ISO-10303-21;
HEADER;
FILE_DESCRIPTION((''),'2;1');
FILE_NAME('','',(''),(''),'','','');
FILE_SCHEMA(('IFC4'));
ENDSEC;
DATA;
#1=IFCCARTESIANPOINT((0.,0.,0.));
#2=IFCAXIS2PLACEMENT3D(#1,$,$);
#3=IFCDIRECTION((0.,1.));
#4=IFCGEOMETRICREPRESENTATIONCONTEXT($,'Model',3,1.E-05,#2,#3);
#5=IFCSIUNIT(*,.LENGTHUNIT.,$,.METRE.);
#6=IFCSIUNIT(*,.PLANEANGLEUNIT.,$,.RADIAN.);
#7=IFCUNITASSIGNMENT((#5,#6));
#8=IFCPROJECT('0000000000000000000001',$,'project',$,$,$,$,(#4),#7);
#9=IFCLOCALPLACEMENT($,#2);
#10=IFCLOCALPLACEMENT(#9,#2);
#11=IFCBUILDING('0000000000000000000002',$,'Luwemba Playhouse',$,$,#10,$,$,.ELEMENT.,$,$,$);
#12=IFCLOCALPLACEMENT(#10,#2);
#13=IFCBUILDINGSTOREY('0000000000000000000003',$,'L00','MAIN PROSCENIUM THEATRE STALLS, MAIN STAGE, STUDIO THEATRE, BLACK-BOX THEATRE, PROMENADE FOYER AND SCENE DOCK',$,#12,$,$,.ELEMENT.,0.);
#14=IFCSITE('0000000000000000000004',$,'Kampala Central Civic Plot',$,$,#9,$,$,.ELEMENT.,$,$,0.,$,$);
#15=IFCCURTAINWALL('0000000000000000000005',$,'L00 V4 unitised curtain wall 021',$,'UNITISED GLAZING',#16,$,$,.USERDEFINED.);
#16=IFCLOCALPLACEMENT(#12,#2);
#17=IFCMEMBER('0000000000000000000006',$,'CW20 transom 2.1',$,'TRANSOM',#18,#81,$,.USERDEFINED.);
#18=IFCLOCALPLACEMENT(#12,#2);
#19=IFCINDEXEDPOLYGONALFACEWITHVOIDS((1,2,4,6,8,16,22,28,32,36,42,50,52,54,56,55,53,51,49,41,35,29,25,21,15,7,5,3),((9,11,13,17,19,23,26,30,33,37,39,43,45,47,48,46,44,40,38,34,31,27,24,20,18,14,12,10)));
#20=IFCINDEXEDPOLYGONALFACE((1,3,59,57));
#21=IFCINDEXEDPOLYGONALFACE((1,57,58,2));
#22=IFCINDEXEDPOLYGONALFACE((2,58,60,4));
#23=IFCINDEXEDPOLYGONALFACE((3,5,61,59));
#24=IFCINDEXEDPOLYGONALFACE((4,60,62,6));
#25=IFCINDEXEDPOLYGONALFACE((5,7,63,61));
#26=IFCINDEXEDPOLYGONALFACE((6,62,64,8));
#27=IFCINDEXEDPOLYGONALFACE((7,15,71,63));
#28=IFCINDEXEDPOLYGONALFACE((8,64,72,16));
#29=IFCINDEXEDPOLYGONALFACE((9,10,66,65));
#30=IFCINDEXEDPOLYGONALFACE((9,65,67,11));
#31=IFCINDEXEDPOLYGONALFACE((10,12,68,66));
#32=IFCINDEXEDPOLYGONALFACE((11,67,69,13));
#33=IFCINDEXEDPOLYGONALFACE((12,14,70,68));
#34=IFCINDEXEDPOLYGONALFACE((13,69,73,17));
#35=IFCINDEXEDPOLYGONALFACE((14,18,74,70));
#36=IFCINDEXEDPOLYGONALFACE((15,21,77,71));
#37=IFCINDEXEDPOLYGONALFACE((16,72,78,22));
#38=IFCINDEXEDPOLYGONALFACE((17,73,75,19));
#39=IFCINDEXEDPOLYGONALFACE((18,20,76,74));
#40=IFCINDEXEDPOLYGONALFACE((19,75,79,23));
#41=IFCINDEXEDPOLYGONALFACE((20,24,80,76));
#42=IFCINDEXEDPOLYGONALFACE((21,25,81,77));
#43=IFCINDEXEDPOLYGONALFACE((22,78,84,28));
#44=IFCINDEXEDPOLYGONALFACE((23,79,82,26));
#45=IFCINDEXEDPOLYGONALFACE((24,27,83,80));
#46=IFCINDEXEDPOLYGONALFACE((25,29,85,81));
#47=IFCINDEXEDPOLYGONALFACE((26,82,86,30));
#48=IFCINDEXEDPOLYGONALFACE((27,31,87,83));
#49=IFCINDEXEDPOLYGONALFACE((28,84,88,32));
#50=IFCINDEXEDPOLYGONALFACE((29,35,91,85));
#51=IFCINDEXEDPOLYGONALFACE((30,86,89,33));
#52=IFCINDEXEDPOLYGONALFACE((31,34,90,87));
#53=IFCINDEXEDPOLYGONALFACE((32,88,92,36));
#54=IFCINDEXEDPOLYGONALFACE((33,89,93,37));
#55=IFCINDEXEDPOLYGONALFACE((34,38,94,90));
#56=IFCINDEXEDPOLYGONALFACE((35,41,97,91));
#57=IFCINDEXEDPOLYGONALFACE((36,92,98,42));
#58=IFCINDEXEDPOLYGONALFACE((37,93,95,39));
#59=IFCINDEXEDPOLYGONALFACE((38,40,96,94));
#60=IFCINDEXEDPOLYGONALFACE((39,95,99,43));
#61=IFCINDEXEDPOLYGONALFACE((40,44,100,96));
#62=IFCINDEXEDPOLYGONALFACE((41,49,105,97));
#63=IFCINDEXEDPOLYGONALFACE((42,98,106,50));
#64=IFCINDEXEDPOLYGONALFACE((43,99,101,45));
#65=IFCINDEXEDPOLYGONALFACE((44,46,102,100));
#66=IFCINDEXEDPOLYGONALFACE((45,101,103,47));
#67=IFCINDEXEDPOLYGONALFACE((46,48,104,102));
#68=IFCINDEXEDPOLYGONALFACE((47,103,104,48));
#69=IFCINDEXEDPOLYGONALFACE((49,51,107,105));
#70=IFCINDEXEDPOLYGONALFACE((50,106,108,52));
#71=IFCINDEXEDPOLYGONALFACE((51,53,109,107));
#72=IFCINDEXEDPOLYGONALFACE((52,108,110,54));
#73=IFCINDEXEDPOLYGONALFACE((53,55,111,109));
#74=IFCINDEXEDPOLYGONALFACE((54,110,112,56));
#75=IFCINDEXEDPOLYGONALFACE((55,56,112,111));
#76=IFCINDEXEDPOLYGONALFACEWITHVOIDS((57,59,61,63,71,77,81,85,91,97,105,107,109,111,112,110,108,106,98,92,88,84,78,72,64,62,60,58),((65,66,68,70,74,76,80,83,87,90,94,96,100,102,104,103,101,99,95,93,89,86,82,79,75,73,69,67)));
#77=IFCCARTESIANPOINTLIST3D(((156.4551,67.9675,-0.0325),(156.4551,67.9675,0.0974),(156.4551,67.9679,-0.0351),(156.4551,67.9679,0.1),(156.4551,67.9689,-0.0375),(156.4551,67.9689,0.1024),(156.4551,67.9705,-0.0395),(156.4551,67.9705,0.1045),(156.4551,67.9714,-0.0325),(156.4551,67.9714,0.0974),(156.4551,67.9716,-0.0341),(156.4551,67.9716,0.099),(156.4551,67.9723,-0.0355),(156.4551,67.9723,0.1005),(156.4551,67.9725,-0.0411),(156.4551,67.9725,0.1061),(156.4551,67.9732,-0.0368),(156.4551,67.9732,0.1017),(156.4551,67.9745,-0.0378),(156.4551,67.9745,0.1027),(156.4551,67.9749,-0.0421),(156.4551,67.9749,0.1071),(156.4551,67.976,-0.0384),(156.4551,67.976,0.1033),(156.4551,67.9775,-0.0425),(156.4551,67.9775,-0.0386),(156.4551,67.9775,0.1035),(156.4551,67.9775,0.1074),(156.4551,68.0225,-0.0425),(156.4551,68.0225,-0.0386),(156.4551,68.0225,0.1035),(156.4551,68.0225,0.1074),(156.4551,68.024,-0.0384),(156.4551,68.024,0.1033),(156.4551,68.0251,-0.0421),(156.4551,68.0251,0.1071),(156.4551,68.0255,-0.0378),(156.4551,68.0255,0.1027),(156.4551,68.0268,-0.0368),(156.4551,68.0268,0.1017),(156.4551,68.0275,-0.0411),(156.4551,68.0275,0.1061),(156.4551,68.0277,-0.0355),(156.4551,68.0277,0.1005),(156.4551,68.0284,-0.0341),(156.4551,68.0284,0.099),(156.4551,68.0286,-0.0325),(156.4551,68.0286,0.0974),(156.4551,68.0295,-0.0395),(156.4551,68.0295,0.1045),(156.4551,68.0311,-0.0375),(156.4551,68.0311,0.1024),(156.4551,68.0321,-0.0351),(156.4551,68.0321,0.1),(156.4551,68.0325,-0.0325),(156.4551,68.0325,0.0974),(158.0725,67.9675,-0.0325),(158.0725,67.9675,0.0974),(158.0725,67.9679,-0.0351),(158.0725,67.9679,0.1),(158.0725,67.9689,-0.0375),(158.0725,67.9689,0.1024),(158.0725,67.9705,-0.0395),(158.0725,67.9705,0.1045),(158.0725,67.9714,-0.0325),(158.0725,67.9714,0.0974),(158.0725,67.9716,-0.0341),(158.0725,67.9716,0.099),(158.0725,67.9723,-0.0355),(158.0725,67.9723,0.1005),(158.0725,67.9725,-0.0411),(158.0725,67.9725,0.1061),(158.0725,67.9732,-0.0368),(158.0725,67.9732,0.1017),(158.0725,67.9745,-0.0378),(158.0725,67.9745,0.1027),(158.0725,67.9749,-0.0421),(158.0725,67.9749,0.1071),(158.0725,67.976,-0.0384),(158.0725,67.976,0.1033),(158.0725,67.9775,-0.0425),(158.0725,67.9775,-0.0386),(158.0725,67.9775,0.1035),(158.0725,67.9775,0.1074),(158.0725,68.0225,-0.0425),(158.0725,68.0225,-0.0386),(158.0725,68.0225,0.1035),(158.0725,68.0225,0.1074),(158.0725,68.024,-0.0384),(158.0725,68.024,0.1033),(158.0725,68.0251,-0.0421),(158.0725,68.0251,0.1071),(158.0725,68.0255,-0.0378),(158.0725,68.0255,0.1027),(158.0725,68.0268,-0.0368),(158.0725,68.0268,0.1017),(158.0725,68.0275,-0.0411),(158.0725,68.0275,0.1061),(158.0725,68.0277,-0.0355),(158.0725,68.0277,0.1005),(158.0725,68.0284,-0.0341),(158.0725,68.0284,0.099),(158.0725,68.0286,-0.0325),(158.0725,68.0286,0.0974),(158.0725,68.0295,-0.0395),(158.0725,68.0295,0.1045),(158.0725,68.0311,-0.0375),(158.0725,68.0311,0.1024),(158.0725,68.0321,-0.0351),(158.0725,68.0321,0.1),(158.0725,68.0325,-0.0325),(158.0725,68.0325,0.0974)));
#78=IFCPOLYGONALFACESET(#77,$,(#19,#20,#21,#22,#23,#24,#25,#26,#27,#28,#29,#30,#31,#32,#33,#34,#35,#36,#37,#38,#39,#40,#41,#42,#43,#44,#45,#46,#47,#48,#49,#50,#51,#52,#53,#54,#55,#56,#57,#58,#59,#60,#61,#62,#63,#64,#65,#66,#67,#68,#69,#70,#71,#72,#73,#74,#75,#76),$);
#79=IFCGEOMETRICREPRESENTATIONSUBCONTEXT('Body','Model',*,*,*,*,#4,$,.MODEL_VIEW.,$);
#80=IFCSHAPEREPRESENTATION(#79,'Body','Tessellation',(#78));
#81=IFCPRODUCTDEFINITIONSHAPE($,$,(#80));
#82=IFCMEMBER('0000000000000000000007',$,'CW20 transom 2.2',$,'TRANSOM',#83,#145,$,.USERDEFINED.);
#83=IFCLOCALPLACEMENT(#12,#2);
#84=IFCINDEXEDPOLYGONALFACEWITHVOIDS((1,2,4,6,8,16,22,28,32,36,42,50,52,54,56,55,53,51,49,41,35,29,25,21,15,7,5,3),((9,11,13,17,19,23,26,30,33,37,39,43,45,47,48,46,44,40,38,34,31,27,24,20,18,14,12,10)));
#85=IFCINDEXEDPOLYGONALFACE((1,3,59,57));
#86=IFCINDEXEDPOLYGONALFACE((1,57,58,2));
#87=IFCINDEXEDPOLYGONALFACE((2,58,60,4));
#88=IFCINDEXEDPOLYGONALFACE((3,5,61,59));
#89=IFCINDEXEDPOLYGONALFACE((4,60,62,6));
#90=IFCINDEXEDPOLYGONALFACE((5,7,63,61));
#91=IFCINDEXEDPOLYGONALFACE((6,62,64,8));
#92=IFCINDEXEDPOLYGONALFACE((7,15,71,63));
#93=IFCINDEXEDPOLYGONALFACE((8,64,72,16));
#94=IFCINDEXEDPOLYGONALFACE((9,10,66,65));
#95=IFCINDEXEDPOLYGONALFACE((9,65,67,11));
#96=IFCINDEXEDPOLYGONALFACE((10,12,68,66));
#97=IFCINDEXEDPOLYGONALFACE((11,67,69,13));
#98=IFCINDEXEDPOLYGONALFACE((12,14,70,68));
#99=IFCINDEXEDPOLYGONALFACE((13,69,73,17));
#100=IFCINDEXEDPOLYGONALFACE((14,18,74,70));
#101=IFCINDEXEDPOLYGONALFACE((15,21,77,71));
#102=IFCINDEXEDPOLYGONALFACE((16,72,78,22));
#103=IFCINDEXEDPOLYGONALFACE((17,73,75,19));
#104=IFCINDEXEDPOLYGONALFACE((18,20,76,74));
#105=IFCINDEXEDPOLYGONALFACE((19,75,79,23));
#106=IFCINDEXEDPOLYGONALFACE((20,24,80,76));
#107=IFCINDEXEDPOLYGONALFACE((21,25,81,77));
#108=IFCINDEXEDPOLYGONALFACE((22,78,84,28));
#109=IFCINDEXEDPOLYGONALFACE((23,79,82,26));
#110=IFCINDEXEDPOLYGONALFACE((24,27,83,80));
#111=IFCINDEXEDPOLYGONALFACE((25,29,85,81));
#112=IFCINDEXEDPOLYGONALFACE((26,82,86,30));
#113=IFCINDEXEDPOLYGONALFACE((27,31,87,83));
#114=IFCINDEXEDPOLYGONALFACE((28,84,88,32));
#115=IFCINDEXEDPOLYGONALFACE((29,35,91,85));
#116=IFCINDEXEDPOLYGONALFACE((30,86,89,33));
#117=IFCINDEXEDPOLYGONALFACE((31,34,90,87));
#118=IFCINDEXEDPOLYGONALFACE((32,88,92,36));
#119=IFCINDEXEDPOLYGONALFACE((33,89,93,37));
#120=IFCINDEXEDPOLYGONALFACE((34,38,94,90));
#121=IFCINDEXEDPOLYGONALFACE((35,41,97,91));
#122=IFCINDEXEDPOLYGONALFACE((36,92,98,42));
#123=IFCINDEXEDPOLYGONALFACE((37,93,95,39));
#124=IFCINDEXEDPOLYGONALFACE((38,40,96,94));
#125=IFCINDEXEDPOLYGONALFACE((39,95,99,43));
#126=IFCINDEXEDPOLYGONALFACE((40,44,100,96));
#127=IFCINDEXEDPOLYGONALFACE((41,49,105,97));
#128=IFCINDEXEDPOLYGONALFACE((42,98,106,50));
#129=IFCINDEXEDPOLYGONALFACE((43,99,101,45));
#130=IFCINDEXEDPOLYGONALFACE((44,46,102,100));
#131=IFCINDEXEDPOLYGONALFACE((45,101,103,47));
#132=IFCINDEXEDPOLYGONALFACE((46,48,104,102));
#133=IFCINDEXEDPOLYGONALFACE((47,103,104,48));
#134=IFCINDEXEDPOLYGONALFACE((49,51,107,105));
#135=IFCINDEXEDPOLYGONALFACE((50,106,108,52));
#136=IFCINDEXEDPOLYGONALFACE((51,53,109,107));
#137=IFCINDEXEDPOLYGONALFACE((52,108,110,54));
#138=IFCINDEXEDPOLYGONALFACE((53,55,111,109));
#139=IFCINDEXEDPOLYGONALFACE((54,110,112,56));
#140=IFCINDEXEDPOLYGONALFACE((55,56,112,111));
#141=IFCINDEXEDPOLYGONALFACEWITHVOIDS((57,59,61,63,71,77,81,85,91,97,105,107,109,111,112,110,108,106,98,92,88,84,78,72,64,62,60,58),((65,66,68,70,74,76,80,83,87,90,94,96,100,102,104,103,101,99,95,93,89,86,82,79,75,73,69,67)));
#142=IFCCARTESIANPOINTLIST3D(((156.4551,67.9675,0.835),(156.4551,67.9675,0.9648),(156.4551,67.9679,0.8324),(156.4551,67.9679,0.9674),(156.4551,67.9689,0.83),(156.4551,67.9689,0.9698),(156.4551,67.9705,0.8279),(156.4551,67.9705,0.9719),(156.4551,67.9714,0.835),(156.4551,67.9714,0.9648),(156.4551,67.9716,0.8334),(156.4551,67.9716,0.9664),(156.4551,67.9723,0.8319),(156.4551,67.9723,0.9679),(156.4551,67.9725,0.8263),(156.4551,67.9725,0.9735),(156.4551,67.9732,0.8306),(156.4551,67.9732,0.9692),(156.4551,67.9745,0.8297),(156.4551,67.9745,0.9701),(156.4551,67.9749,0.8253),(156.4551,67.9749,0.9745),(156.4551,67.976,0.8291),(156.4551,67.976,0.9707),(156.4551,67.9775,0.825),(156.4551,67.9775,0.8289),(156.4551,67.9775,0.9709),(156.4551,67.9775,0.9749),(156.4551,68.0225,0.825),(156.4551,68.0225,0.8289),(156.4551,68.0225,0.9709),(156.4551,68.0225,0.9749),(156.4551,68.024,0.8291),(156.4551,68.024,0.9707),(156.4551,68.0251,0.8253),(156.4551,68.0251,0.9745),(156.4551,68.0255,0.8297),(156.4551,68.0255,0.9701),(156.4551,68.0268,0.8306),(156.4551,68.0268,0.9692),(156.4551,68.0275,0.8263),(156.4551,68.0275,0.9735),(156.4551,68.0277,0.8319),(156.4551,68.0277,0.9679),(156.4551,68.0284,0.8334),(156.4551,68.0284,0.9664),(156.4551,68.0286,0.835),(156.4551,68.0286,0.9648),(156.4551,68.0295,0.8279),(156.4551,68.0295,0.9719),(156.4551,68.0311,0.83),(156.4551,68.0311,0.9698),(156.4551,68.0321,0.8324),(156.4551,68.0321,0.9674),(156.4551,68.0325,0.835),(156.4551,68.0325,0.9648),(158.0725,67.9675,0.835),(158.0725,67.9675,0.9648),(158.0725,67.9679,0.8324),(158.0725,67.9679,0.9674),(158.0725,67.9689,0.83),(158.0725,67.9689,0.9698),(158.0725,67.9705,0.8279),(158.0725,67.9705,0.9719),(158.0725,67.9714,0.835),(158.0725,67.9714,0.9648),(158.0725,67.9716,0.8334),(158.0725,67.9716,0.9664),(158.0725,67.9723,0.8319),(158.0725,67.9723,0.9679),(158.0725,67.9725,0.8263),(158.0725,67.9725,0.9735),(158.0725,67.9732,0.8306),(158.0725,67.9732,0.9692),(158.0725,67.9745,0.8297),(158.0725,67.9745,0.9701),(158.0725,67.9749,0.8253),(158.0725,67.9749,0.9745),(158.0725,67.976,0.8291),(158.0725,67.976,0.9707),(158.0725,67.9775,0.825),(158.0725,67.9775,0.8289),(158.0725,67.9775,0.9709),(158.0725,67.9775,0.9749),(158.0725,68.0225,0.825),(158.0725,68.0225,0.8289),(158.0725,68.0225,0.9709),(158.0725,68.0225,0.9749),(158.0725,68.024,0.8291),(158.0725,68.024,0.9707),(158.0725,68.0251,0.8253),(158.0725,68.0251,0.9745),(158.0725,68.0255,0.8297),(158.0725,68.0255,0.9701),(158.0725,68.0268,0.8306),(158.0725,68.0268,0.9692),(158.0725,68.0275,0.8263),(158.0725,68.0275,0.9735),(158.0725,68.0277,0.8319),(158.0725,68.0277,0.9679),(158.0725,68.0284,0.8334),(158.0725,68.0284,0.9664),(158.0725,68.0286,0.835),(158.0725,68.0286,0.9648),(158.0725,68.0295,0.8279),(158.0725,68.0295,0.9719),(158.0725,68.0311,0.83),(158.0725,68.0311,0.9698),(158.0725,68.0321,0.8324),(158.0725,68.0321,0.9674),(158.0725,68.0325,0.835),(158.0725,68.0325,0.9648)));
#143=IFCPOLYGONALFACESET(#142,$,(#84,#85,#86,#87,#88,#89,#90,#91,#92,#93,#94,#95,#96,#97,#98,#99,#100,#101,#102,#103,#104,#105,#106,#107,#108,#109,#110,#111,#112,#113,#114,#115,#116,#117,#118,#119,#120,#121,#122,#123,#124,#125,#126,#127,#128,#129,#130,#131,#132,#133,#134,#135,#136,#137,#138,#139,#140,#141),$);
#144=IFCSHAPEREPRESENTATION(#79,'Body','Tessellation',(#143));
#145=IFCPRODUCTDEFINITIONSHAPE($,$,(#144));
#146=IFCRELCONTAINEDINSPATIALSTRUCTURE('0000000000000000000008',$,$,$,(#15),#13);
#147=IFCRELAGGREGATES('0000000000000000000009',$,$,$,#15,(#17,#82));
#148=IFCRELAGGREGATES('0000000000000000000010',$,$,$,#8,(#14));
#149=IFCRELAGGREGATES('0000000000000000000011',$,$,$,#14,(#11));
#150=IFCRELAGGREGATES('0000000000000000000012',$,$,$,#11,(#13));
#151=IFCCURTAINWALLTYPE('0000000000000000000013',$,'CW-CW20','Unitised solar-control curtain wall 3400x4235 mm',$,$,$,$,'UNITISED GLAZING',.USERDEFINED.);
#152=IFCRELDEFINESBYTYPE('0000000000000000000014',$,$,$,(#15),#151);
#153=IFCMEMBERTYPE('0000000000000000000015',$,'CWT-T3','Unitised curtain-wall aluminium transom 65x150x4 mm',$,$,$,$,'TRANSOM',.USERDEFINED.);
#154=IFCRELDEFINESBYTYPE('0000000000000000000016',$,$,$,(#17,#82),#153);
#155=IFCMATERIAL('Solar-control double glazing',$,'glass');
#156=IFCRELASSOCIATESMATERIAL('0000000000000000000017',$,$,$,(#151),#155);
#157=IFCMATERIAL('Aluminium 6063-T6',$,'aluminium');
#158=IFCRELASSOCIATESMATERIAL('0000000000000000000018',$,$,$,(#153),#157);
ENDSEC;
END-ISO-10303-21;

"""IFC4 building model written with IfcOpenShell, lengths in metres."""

from ifc_helpers import new_model, si_unit, direction, frame, origin, origin_2d, place, context, subcontext, project, spatial, hollow_rectangle, extrude, material, material_profile, profile_set, type_object, element, aggregate, save


model = new_model("IFC4")

# Units and contexts
model_context = context("Model", 3, precision=1e-05, world=origin(), true_north=direction((0.0, 1.0)))
body_context = subcontext(model_context, "Body", "Model", "MODEL_VIEW")
ifc_project = project(units=[si_unit("LENGTHUNIT", "METRE"), si_unit("PLANEANGLEUNIT", "RADIAN")], contexts=[model_context])

# Site, building, storey
site_placement = place(None, origin())
site = spatial("IfcSite", under=ifc_project, at=site_placement, Name="Kampala Central Civic Plot", CompositionType="ELEMENT", RefElevation=0.0)
building_placement = place(site_placement, origin())
building = spatial("IfcBuilding", under=site, at=building_placement, Name="Luwemba Playhouse", CompositionType="ELEMENT")
storey_placement = place(building_placement, origin())
storey = spatial("IfcBuildingStorey", under=building, at=storey_placement, Name="L00", Description="MAIN PROSCENIUM THEATRE STALLS, MAIN STAGE, STUDIO THEATRE, BLACK-BOX THEATRE, PROMENADE FOYER AND SCENE DOCK", CompositionType="ELEMENT", Elevation=0.0)

# Shared definitions
ifc_material_1 = material(Name="Solar-control double glazing", Category="glass")
ifc_material_2 = material(Name="Aluminium 6063-T6", Category="aluminium")

# Curtain wall, members
curtain_wall_type_1 = type_object("IfcCurtainWallType", Name="CW-CW20", Description="Unitised solar-control curtain wall 3400x4235 mm", ElementType="UNITISED GLAZING", PredefinedType="USERDEFINED", material=ifc_material_1)
curtain_wall_1_placement = place(storey_placement, origin())
curtain_wall_1 = element("IfcCurtainWall", 1, at=curtain_wall_1_placement, inside=storey, type_object=curtain_wall_type_1, Name="L00 V4 unitised curtain wall 021", ObjectType="UNITISED GLAZING", PredefinedType="USERDEFINED")
ifc_material_profile_1 = material_profile(ifc_material_2, hollow_rectangle(XDim=0.0649, YDim=0.1499, WallThickness=0.0039, InnerFilletRadius=0.0061, OuterFilletRadius=0.01, at=origin_2d()))
ifc_profile_set_1 = profile_set([ifc_material_profile_1], Name="Aluminium 6063-T6")
member_type_1 = type_object("IfcMemberType", Name="CWT-T3", Description="Unitised curtain-wall aluminium transom 65x150x4 mm", ElementType="TRANSOM", PredefinedType="USERDEFINED", material=ifc_profile_set_1)
member_1_placement = place(storey_placement, frame((158.0725, 68.0, 0.0325), z_axis=(-1.0, 0.0, 0.0), x_axis=(0.0, -1.0, 0.0)))
member_1 = element("IfcMember", 2, at=member_1_placement, type_object=member_type_1, Name="CW20 transom 2.1", ObjectType="TRANSOM", PredefinedType="USERDEFINED", context=body_context, shape_type="SweptSolid", body=[
    extrude(hollow_rectangle(XDim=0.0649, YDim=0.1499, WallThickness=0.0039, InnerFilletRadius=0.0061, OuterFilletRadius=0.01, at=origin_2d()), origin(), (0.0, 0.0, 1.0), 1.6174),
])
member_2_placement = place(storey_placement, frame((158.0725, 68.0, 0.8999), z_axis=(-1.0, 0.0, 0.0), x_axis=(0.0, -1.0, 0.0)))
member_2 = element("IfcMember", 3, at=member_2_placement, type_object=member_type_1, Name="CW20 transom 2.2", ObjectType="TRANSOM", PredefinedType="USERDEFINED", context=body_context, shape_type="SweptSolid", body=[
    extrude(hollow_rectangle(XDim=0.0649, YDim=0.1499, WallThickness=0.0039, InnerFilletRadius=0.0061, OuterFilletRadius=0.01, at=origin_2d()), origin(), (0.0, 0.0, 1.0), 1.6174),
])

aggregate(curtain_wall_1, [member_1, member_2])

save(model, "model.ifc")
